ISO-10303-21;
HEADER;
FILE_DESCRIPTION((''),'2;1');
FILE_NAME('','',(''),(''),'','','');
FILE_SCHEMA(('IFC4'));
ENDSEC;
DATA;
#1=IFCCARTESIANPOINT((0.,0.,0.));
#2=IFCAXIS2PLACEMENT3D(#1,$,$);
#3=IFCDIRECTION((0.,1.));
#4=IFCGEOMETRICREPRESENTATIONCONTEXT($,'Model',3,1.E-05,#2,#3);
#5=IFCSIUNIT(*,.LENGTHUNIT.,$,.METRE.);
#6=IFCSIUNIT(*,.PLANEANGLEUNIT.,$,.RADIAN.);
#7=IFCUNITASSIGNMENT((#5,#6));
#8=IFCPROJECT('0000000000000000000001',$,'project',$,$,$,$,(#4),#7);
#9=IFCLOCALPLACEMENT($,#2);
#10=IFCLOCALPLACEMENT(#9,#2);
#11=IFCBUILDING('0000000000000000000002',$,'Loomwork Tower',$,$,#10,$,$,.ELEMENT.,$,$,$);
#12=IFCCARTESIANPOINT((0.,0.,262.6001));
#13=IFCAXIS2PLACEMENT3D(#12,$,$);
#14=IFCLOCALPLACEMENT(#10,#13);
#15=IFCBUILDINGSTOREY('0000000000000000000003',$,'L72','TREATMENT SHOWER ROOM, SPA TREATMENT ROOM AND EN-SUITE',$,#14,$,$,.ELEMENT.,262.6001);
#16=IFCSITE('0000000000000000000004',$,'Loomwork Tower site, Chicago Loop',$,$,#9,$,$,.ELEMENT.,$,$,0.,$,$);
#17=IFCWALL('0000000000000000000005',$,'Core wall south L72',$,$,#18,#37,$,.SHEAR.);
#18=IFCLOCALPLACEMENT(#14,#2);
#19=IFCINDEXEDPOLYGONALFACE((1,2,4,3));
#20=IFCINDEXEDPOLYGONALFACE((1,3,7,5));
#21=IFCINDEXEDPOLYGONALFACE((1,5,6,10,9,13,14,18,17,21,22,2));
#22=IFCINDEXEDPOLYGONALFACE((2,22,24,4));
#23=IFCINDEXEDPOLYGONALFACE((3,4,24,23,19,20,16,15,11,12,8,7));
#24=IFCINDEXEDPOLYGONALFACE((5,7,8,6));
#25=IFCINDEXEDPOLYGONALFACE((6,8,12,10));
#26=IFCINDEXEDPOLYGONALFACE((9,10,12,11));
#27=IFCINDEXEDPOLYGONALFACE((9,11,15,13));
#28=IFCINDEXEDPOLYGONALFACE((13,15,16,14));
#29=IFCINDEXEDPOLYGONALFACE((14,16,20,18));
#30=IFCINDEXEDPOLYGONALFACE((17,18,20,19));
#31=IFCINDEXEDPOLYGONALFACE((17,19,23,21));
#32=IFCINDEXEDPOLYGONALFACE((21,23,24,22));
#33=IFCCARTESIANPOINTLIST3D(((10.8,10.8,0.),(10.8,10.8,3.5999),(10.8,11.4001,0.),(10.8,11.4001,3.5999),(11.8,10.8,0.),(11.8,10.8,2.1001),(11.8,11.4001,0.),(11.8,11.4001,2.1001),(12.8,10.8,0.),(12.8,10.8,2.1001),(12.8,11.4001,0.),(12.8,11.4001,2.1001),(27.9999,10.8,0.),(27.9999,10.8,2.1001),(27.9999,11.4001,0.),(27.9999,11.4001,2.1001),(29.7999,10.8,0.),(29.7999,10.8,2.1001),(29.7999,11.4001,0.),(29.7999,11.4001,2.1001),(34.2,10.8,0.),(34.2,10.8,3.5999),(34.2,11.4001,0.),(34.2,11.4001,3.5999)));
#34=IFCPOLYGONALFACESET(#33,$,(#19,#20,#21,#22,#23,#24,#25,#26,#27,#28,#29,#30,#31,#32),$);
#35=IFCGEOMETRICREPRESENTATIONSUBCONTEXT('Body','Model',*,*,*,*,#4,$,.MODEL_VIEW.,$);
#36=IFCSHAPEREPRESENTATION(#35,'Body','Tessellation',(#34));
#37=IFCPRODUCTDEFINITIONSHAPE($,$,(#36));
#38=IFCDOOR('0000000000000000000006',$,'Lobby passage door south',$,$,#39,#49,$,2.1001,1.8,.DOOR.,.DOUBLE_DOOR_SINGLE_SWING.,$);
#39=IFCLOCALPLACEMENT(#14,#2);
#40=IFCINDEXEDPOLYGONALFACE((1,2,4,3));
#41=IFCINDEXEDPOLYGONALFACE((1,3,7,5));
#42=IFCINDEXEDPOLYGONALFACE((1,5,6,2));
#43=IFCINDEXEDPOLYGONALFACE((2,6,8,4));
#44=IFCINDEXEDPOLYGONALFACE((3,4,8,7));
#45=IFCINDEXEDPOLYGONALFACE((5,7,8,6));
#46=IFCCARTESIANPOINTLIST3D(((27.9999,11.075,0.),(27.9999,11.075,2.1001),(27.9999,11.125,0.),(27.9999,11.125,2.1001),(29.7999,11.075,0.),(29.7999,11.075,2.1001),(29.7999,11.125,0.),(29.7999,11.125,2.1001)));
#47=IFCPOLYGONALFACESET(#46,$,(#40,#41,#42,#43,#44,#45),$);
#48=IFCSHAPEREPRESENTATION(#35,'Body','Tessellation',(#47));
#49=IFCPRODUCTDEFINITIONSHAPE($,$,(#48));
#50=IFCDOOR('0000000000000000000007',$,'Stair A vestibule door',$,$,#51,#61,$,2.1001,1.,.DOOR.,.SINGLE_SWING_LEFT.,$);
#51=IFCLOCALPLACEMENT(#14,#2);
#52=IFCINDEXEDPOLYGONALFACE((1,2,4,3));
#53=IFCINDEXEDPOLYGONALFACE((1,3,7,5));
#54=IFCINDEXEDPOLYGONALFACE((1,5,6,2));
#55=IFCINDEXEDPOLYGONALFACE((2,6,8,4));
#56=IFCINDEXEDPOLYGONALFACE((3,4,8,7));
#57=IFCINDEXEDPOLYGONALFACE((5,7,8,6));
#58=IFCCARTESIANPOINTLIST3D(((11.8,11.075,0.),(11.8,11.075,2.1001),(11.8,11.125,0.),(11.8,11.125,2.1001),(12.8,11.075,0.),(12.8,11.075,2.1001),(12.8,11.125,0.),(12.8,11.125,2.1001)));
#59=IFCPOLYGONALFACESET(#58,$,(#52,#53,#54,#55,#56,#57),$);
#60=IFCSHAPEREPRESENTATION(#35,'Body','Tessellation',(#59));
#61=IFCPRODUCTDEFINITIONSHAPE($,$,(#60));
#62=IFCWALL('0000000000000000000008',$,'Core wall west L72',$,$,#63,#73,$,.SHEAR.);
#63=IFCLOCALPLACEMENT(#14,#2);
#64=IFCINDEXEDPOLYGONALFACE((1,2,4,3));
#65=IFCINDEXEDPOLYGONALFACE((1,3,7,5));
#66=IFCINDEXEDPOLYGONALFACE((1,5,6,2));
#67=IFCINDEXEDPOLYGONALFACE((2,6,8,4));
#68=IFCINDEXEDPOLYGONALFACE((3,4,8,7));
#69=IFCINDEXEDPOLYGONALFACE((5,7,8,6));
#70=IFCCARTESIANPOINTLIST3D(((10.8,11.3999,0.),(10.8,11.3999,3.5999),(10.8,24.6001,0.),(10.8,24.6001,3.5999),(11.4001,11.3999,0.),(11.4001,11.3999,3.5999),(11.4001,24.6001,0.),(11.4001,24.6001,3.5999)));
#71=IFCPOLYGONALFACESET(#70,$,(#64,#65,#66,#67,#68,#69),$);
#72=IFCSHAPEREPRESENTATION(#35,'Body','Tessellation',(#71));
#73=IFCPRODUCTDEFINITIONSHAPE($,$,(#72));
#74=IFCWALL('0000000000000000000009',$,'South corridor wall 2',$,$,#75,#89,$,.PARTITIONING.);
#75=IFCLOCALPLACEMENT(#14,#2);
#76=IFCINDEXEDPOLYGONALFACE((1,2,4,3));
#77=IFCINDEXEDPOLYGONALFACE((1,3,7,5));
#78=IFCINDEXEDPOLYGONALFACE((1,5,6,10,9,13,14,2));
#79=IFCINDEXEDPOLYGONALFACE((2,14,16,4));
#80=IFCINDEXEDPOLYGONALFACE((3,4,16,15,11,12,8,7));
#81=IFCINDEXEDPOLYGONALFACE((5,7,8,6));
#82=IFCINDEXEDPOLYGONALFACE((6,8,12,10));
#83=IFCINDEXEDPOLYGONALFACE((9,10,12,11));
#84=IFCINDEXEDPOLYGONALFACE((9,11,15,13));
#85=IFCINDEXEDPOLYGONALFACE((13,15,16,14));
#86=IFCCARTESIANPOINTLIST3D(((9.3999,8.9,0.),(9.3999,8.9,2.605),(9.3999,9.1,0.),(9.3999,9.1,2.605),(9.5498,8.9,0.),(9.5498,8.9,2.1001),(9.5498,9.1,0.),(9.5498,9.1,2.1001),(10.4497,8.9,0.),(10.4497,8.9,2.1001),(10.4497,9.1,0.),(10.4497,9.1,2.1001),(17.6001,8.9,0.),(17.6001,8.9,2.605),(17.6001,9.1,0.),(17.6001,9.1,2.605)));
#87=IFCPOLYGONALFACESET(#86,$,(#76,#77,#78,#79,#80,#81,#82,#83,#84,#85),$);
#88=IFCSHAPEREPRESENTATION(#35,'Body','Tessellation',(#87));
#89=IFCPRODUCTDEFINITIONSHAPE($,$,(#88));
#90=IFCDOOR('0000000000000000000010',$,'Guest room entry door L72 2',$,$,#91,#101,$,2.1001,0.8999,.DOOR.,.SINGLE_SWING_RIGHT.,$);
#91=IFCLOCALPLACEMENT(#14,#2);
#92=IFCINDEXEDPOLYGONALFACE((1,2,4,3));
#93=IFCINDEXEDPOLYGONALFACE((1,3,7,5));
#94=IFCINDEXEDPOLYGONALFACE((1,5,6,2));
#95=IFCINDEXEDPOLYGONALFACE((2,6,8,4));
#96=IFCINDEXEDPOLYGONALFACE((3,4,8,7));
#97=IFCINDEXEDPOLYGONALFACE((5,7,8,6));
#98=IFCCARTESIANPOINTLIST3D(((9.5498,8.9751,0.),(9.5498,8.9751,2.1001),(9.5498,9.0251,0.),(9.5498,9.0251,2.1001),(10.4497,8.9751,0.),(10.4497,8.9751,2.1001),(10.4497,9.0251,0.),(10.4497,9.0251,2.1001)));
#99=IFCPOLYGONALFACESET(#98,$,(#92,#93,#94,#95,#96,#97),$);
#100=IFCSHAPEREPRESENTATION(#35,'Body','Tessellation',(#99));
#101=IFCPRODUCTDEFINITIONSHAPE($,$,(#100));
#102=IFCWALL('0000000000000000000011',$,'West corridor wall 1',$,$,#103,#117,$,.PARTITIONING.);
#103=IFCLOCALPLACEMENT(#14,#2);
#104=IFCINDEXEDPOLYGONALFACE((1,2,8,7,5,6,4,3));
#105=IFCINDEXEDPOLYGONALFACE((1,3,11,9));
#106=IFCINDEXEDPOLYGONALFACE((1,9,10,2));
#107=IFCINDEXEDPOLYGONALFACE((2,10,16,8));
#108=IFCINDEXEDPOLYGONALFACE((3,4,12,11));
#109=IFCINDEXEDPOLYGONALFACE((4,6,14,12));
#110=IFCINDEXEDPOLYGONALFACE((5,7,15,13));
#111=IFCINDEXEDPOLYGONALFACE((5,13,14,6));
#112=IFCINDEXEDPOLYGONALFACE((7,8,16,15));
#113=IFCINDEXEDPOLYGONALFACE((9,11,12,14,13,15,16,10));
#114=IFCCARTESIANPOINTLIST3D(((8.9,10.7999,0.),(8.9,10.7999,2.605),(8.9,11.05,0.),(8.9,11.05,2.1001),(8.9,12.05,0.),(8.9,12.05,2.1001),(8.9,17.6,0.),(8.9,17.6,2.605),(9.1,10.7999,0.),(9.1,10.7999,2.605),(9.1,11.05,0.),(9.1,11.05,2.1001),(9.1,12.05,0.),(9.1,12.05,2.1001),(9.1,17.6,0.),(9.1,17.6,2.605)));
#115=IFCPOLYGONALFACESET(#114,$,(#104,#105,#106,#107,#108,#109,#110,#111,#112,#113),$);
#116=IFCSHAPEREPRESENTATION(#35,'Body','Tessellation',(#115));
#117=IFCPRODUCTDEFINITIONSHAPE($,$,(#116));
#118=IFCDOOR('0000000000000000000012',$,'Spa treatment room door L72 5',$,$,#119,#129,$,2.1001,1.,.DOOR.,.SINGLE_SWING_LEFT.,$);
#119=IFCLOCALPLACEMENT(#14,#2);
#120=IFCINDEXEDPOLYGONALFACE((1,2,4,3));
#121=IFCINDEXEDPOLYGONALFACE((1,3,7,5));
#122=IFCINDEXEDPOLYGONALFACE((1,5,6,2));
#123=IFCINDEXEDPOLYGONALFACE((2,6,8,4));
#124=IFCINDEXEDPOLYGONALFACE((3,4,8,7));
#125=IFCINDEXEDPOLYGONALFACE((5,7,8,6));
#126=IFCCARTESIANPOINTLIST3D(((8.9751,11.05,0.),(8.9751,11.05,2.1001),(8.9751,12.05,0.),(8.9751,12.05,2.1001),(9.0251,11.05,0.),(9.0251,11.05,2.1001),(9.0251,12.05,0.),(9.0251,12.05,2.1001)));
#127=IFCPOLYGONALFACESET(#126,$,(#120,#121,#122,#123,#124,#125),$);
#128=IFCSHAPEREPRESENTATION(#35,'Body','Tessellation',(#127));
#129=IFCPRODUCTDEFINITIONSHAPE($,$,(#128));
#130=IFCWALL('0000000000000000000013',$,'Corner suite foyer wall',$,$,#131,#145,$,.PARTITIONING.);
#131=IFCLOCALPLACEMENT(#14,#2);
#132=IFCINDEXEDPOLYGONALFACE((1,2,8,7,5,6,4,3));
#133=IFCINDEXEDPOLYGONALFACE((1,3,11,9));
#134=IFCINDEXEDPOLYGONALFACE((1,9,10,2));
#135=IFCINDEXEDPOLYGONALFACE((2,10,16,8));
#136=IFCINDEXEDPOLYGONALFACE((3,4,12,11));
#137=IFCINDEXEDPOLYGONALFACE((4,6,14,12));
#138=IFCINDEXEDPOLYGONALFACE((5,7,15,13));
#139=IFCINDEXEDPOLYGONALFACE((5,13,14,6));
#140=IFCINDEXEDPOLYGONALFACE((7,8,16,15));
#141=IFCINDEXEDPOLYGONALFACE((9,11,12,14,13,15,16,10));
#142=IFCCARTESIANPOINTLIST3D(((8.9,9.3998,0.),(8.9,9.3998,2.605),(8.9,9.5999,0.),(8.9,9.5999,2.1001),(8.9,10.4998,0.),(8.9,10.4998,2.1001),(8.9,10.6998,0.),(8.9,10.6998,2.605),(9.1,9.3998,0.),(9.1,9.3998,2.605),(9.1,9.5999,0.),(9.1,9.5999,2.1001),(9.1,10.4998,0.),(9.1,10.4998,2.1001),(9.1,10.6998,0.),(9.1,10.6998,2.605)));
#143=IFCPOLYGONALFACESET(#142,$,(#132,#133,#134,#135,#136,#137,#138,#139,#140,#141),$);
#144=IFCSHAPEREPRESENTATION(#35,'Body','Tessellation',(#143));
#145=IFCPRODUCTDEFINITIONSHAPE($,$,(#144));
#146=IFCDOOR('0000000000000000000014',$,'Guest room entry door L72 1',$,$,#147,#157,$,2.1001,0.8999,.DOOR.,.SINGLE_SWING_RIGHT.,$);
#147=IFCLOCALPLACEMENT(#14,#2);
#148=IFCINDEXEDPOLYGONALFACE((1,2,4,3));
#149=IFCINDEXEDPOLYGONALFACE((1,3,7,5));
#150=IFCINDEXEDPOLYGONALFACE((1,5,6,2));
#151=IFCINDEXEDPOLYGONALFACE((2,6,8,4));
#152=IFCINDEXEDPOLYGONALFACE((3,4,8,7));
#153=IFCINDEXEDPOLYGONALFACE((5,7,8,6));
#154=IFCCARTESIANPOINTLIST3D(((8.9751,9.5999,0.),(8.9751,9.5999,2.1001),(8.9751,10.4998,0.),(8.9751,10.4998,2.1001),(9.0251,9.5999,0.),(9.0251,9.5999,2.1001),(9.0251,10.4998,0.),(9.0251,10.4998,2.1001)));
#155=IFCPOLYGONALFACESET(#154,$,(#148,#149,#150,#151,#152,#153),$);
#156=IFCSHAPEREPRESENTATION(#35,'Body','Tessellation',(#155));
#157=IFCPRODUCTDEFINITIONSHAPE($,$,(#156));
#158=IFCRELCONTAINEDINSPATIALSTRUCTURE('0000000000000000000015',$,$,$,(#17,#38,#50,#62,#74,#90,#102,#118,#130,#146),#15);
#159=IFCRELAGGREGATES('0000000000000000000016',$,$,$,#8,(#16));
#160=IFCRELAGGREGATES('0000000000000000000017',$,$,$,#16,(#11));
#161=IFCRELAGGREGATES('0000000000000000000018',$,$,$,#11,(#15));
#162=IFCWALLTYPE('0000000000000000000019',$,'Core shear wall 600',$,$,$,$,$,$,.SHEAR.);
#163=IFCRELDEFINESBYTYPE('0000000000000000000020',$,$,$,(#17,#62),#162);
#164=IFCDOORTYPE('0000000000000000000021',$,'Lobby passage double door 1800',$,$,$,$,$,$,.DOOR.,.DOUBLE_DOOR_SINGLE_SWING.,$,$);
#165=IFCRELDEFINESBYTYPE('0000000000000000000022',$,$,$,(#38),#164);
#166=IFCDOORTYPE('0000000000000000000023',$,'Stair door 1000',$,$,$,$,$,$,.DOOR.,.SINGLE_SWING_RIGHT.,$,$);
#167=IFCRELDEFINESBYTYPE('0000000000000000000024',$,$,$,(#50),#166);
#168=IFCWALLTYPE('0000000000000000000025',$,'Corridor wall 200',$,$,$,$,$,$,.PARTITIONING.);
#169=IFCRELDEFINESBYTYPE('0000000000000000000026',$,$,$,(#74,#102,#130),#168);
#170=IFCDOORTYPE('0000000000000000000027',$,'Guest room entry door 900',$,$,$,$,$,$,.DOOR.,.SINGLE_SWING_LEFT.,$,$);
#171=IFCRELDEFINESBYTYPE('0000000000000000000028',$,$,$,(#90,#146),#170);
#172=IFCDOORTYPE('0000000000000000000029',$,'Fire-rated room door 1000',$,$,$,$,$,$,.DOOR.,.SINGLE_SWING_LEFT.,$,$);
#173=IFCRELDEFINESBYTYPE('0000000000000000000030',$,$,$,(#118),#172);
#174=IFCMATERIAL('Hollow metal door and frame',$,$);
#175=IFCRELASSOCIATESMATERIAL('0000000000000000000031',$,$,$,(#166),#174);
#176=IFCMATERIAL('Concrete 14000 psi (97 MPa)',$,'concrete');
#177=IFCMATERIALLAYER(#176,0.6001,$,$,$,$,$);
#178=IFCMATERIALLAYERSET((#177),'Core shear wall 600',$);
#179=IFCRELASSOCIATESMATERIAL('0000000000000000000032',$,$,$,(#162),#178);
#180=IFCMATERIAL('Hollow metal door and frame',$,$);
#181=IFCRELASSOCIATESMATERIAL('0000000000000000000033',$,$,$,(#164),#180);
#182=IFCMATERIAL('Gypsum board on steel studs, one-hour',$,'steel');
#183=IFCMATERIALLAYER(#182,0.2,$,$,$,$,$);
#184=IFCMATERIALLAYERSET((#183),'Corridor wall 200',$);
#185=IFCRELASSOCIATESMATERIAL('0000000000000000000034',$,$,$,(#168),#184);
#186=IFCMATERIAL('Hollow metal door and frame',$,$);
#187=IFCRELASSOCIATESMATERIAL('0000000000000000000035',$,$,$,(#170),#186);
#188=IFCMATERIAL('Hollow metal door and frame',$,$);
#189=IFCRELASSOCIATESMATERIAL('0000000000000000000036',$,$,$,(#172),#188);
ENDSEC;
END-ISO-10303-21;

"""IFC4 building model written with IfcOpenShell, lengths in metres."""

from ifc_helpers import new_model, si_unit, direction, frame, frame_2d, origin, place, context, subcontext, project, spatial, rectangle, extrude, material, layer, layer_set, type_object, element, fill, save


model = new_model("IFC4")

# Units and contexts
model_context = context("Model", 3, precision=1e-05, world=origin(), true_north=direction((0.0, 1.0)))
body_context = subcontext(model_context, "Body", "Model", "MODEL_VIEW")
ifc_project = project(units=[si_unit("LENGTHUNIT", "METRE"), si_unit("PLANEANGLEUNIT", "RADIAN")], contexts=[model_context])

# Site, building, storey
site_placement = place(None, origin())
site = spatial("IfcSite", under=ifc_project, at=site_placement, Name="Loomwork Tower site, Chicago Loop", CompositionType="ELEMENT", RefElevation=0.0)
building_placement = place(site_placement, origin())
building = spatial("IfcBuilding", under=site, at=building_placement, Name="Loomwork Tower", CompositionType="ELEMENT")
storey_placement = place(building_placement, frame((0.0, 0.0, 262.6001)))
storey = spatial("IfcBuildingStorey", under=building, at=storey_placement, Name="L72", Description="TREATMENT SHOWER ROOM, SPA TREATMENT ROOM AND EN-SUITE", CompositionType="ELEMENT", Elevation=262.6001)

# Shared definitions
ifc_material_1 = material(Name="Hollow metal door and frame")
door_type_1 = type_object("IfcDoorType", Name="Stair door 1000", OperationType="SINGLE_SWING_RIGHT", PredefinedType="DOOR", material=ifc_material_1)

# Wall, openings, doors
ifc_material_2 = material(Name="Concrete 14000 psi (97 MPa)", Category="concrete")
ifc_layer_1 = layer(ifc_material_2, 0.6001)
ifc_layer_set_1 = layer_set([ifc_layer_1], Name="Core shear wall 600")
wall_type_1 = type_object("IfcWallType", Name="Core shear wall 600", PredefinedType="SHEAR", material=ifc_layer_set_1)
wall_1_placement = place(storey_placement, frame((10.8, 11.1001, 0.0), z_axis=(0.0, 0.0, 1.0), x_axis=(1.0, 0.0, 0.0)))
wall_1 = element("IfcWall", 1, at=wall_1_placement, inside=storey, type_object=wall_type_1, Name="Core wall south L72", PredefinedType="SHEAR", context=body_context, shape_type="SweptSolid", body=[
    extrude(rectangle(XDim=23.3999, YDim=0.6001, at=frame_2d((11.7, 0.0))), origin(), (0.0, 0.0, 1.0), 3.5999),
])
opening_1_placement = place(wall_1_placement, frame((1.0, 0.0, 0.0)))
opening_1 = element("IfcOpeningElement", 2, at=opening_1_placement, cuts=wall_1, PredefinedType="OPENING", context=body_context, shape_type="SweptSolid", body=[
    extrude(rectangle(XDim=1.0, YDim=2.1001, at=frame_2d((0.5, 1.05))), frame((0.0, 0.3101, 0.0), z_axis=(0.0, -1.0, 0.0), x_axis=(1.0, 0.0, 0.0)), (0.0, 0.0, 1.0), 0.6201),
])
opening_2_placement = place(wall_1_placement, frame((17.2, 0.0, 0.0)))
opening_2 = element("IfcOpeningElement", 3, at=opening_2_placement, cuts=wall_1, PredefinedType="OPENING", context=body_context, shape_type="SweptSolid", body=[
    extrude(rectangle(XDim=1.8, YDim=2.1001, at=frame_2d((0.8999, 1.05))), frame((0.0, 0.3101, 0.0), z_axis=(0.0, -1.0, 0.0), x_axis=(1.0, 0.0, 0.0)), (0.0, 0.0, 1.0), 0.6201),
])
ifc_material_3 = material(Name="Hollow metal door and frame")
door_type_2 = type_object("IfcDoorType", Name="Lobby passage double door 1800", OperationType="DOUBLE_DOOR_SINGLE_SWING", PredefinedType="DOOR", material=ifc_material_3)
door_1_placement = place(opening_2_placement, origin())
door_1 = element("IfcDoor", 4, at=door_1_placement, inside=storey, type_object=door_type_2, Name="Lobby passage door south", OperationType="DOUBLE_DOOR_SINGLE_SWING", OverallHeight=2.1001, OverallWidth=1.8, PredefinedType="DOOR", context=body_context, shape_type="SweptSolid", body=[
    extrude(rectangle(XDim=1.8, YDim=2.1001, at=frame_2d((0.8999, 1.05))), frame((0.0, 0.0249, 0.0), z_axis=(0.0, -1.0, 0.0), x_axis=(1.0, 0.0, 0.0)), (0.0, 0.0, 1.0), 0.05),
])
fill(opening_2, door_1)
door_2_placement = place(opening_1_placement, origin())
door_2 = element("IfcDoor", 5, at=door_2_placement, inside=storey, type_object=door_type_1, Name="Stair A vestibule door", OperationType="SINGLE_SWING_LEFT", OverallHeight=2.1001, OverallWidth=1.0, PredefinedType="DOOR", context=body_context, shape_type="SweptSolid", body=[
    extrude(rectangle(XDim=1.0, YDim=2.1001, at=frame_2d((0.5, 1.05))), frame((0.0, 0.0249, 0.0), z_axis=(0.0, -1.0, 0.0), x_axis=(1.0, 0.0, 0.0)), (0.0, 0.0, 1.0), 0.05),
])
fill(opening_1, door_2)

# Wall
wall_2_placement = place(storey_placement, frame((11.1001, 11.3999, 0.0), z_axis=(0.0, 0.0, 1.0), x_axis=(0.0, 1.0, 0.0)))
element("IfcWall", 6, at=wall_2_placement, inside=storey, type_object=wall_type_1, Name="Core wall west L72", PredefinedType="SHEAR", context=body_context, shape_type="SweptSolid", body=[
    extrude(rectangle(XDim=13.2002, YDim=0.6001, at=frame_2d((6.6001, 0.0))), origin(), (0.0, 0.0, 1.0), 3.5999),
])

# Walls, openings, doors
ifc_material_4 = material(Name="Gypsum board on steel studs, one-hour", Category="steel")
ifc_layer_2 = layer(ifc_material_4, 0.2)
ifc_layer_set_2 = layer_set([ifc_layer_2], Name="Corridor wall 200")
wall_type_2 = type_object("IfcWallType", Name="Corridor wall 200", PredefinedType="PARTITIONING", material=ifc_layer_set_2)
wall_3_placement = place(storey_placement, frame((9.3999, 9.0, 0.0), z_axis=(0.0, 0.0, 1.0), x_axis=(1.0, 0.0, 0.0)))
wall_3 = element("IfcWall", 7, at=wall_3_placement, inside=storey, type_object=wall_type_2, Name="South corridor wall 2", PredefinedType="PARTITIONING", context=body_context, shape_type="SweptSolid", body=[
    extrude(rectangle(XDim=8.2002, YDim=0.2, at=frame_2d((4.1001, 0.0))), origin(), (0.0, 0.0, 1.0), 2.605),
])
opening_3_placement = place(wall_3_placement, frame((0.1499, 0.0, 0.0)))
opening_3 = element("IfcOpeningElement", 8, at=opening_3_placement, cuts=wall_3, PredefinedType="OPENING", context=body_context, shape_type="SweptSolid", body=[
    extrude(rectangle(XDim=0.8999, YDim=2.1001, at=frame_2d((0.45, 1.05))), frame((0.0, 0.1099, 0.0), z_axis=(0.0, -1.0, 0.0), x_axis=(1.0, 0.0, 0.0)), (0.0, 0.0, 1.0), 0.22),
])
ifc_material_5 = material(Name="Hollow metal door and frame")
door_type_3 = type_object("IfcDoorType", Name="Guest room entry door 900", OperationType="SINGLE_SWING_LEFT", PredefinedType="DOOR", material=ifc_material_5)
door_3_placement = place(opening_3_placement, frame((0.8999, 0.0, 0.0), z_axis=(0.0, 0.0, 1.0), x_axis=(-1.0, 0.0, 0.0)))
door_3 = element("IfcDoor", 9, at=door_3_placement, inside=storey, type_object=door_type_3, Name="Guest room entry door L72 2", OperationType="SINGLE_SWING_RIGHT", OverallHeight=2.1001, OverallWidth=0.8999, PredefinedType="DOOR", context=body_context, shape_type="SweptSolid", body=[
    extrude(rectangle(XDim=0.8999, YDim=2.1001, at=frame_2d((0.45, 1.05))), frame((0.0, 0.0249, 0.0), z_axis=(0.0, -1.0, 0.0), x_axis=(1.0, 0.0, 0.0)), (0.0, 0.0, 1.0), 0.05),
])
fill(opening_3, door_3)
wall_4_placement = place(storey_placement, frame((9.0, 10.8, 0.0), z_axis=(0.0, 0.0, 1.0), x_axis=(0.0, 1.0, 0.0)))
wall_4 = element("IfcWall", 10, at=wall_4_placement, inside=storey, type_object=wall_type_2, Name="West corridor wall 1", PredefinedType="PARTITIONING", context=body_context, shape_type="SweptSolid", body=[
    extrude(rectangle(XDim=6.8, YDim=0.2, at=frame_2d((3.3999, 0.0))), origin(), (0.0, 0.0, 1.0), 2.605),
])
opening_4_placement = place(wall_4_placement, frame((0.25, 0.0, 0.0)))
opening_4 = element("IfcOpeningElement", 11, at=opening_4_placement, cuts=wall_4, PredefinedType="OPENING", context=body_context, shape_type="SweptSolid", body=[
    extrude(rectangle(XDim=1.0, YDim=2.1001, at=frame_2d((0.5, 1.05))), frame((0.0, 0.1099, 0.0), z_axis=(0.0, -1.0, 0.0), x_axis=(1.0, 0.0, 0.0)), (0.0, 0.0, 1.0), 0.22),
])
ifc_material_6 = material(Name="Hollow metal door and frame")
door_type_4 = type_object("IfcDoorType", Name="Fire-rated room door 1000", OperationType="SINGLE_SWING_LEFT", PredefinedType="DOOR", material=ifc_material_6)
door_4_placement = place(opening_4_placement, origin())
door_4 = element("IfcDoor", 12, at=door_4_placement, inside=storey, type_object=door_type_4, Name="Spa treatment room door L72 5", OperationType="SINGLE_SWING_LEFT", OverallHeight=2.1001, OverallWidth=1.0, PredefinedType="DOOR", context=body_context, shape_type="SweptSolid", body=[
    extrude(rectangle(XDim=1.0, YDim=2.1001, at=frame_2d((0.5, 1.05))), frame((0.0, 0.0249, 0.0), z_axis=(0.0, -1.0, 0.0), x_axis=(1.0, 0.0, 0.0)), (0.0, 0.0, 1.0), 0.05),
])
fill(opening_4, door_4)
wall_5_placement = place(storey_placement, frame((9.0, 9.3999, 0.0), z_axis=(0.0, 0.0, 1.0), x_axis=(0.0, 1.0, 0.0)))
wall_5 = element("IfcWall", 13, at=wall_5_placement, inside=storey, type_object=wall_type_2, Name="Corner suite foyer wall", PredefinedType="PARTITIONING", context=body_context, shape_type="SweptSolid", body=[
    extrude(rectangle(XDim=1.3, YDim=0.2, at=frame_2d((0.6499, 0.0))), origin(), (0.0, 0.0, 1.0), 2.605),
])
opening_5_placement = place(wall_5_placement, frame((0.2, 0.0, 0.0)))
opening_5 = element("IfcOpeningElement", 14, at=opening_5_placement, cuts=wall_5, PredefinedType="OPENING", context=body_context, shape_type="SweptSolid", body=[
    extrude(rectangle(XDim=0.8999, YDim=2.1001, at=frame_2d((0.45, 1.05))), frame((0.0, 0.1099, 0.0), z_axis=(0.0, -1.0, 0.0), x_axis=(1.0, 0.0, 0.0)), (0.0, 0.0, 1.0), 0.22),
])
door_5_placement = place(opening_5_placement, origin())
door_5 = element("IfcDoor", 15, at=door_5_placement, inside=storey, type_object=door_type_3, Name="Guest room entry door L72 1", OperationType="SINGLE_SWING_RIGHT", OverallHeight=2.1001, OverallWidth=0.8999, PredefinedType="DOOR", context=body_context, shape_type="SweptSolid", body=[
    extrude(rectangle(XDim=0.8999, YDim=2.1001, at=frame_2d((0.45, 1.05))), frame((0.0, 0.0249, 0.0), z_axis=(0.0, -1.0, 0.0), x_axis=(1.0, 0.0, 0.0)), (0.0, 0.0, 1.0), 0.05),
])
fill(opening_5, door_5)

save(model, "model.ifc")
